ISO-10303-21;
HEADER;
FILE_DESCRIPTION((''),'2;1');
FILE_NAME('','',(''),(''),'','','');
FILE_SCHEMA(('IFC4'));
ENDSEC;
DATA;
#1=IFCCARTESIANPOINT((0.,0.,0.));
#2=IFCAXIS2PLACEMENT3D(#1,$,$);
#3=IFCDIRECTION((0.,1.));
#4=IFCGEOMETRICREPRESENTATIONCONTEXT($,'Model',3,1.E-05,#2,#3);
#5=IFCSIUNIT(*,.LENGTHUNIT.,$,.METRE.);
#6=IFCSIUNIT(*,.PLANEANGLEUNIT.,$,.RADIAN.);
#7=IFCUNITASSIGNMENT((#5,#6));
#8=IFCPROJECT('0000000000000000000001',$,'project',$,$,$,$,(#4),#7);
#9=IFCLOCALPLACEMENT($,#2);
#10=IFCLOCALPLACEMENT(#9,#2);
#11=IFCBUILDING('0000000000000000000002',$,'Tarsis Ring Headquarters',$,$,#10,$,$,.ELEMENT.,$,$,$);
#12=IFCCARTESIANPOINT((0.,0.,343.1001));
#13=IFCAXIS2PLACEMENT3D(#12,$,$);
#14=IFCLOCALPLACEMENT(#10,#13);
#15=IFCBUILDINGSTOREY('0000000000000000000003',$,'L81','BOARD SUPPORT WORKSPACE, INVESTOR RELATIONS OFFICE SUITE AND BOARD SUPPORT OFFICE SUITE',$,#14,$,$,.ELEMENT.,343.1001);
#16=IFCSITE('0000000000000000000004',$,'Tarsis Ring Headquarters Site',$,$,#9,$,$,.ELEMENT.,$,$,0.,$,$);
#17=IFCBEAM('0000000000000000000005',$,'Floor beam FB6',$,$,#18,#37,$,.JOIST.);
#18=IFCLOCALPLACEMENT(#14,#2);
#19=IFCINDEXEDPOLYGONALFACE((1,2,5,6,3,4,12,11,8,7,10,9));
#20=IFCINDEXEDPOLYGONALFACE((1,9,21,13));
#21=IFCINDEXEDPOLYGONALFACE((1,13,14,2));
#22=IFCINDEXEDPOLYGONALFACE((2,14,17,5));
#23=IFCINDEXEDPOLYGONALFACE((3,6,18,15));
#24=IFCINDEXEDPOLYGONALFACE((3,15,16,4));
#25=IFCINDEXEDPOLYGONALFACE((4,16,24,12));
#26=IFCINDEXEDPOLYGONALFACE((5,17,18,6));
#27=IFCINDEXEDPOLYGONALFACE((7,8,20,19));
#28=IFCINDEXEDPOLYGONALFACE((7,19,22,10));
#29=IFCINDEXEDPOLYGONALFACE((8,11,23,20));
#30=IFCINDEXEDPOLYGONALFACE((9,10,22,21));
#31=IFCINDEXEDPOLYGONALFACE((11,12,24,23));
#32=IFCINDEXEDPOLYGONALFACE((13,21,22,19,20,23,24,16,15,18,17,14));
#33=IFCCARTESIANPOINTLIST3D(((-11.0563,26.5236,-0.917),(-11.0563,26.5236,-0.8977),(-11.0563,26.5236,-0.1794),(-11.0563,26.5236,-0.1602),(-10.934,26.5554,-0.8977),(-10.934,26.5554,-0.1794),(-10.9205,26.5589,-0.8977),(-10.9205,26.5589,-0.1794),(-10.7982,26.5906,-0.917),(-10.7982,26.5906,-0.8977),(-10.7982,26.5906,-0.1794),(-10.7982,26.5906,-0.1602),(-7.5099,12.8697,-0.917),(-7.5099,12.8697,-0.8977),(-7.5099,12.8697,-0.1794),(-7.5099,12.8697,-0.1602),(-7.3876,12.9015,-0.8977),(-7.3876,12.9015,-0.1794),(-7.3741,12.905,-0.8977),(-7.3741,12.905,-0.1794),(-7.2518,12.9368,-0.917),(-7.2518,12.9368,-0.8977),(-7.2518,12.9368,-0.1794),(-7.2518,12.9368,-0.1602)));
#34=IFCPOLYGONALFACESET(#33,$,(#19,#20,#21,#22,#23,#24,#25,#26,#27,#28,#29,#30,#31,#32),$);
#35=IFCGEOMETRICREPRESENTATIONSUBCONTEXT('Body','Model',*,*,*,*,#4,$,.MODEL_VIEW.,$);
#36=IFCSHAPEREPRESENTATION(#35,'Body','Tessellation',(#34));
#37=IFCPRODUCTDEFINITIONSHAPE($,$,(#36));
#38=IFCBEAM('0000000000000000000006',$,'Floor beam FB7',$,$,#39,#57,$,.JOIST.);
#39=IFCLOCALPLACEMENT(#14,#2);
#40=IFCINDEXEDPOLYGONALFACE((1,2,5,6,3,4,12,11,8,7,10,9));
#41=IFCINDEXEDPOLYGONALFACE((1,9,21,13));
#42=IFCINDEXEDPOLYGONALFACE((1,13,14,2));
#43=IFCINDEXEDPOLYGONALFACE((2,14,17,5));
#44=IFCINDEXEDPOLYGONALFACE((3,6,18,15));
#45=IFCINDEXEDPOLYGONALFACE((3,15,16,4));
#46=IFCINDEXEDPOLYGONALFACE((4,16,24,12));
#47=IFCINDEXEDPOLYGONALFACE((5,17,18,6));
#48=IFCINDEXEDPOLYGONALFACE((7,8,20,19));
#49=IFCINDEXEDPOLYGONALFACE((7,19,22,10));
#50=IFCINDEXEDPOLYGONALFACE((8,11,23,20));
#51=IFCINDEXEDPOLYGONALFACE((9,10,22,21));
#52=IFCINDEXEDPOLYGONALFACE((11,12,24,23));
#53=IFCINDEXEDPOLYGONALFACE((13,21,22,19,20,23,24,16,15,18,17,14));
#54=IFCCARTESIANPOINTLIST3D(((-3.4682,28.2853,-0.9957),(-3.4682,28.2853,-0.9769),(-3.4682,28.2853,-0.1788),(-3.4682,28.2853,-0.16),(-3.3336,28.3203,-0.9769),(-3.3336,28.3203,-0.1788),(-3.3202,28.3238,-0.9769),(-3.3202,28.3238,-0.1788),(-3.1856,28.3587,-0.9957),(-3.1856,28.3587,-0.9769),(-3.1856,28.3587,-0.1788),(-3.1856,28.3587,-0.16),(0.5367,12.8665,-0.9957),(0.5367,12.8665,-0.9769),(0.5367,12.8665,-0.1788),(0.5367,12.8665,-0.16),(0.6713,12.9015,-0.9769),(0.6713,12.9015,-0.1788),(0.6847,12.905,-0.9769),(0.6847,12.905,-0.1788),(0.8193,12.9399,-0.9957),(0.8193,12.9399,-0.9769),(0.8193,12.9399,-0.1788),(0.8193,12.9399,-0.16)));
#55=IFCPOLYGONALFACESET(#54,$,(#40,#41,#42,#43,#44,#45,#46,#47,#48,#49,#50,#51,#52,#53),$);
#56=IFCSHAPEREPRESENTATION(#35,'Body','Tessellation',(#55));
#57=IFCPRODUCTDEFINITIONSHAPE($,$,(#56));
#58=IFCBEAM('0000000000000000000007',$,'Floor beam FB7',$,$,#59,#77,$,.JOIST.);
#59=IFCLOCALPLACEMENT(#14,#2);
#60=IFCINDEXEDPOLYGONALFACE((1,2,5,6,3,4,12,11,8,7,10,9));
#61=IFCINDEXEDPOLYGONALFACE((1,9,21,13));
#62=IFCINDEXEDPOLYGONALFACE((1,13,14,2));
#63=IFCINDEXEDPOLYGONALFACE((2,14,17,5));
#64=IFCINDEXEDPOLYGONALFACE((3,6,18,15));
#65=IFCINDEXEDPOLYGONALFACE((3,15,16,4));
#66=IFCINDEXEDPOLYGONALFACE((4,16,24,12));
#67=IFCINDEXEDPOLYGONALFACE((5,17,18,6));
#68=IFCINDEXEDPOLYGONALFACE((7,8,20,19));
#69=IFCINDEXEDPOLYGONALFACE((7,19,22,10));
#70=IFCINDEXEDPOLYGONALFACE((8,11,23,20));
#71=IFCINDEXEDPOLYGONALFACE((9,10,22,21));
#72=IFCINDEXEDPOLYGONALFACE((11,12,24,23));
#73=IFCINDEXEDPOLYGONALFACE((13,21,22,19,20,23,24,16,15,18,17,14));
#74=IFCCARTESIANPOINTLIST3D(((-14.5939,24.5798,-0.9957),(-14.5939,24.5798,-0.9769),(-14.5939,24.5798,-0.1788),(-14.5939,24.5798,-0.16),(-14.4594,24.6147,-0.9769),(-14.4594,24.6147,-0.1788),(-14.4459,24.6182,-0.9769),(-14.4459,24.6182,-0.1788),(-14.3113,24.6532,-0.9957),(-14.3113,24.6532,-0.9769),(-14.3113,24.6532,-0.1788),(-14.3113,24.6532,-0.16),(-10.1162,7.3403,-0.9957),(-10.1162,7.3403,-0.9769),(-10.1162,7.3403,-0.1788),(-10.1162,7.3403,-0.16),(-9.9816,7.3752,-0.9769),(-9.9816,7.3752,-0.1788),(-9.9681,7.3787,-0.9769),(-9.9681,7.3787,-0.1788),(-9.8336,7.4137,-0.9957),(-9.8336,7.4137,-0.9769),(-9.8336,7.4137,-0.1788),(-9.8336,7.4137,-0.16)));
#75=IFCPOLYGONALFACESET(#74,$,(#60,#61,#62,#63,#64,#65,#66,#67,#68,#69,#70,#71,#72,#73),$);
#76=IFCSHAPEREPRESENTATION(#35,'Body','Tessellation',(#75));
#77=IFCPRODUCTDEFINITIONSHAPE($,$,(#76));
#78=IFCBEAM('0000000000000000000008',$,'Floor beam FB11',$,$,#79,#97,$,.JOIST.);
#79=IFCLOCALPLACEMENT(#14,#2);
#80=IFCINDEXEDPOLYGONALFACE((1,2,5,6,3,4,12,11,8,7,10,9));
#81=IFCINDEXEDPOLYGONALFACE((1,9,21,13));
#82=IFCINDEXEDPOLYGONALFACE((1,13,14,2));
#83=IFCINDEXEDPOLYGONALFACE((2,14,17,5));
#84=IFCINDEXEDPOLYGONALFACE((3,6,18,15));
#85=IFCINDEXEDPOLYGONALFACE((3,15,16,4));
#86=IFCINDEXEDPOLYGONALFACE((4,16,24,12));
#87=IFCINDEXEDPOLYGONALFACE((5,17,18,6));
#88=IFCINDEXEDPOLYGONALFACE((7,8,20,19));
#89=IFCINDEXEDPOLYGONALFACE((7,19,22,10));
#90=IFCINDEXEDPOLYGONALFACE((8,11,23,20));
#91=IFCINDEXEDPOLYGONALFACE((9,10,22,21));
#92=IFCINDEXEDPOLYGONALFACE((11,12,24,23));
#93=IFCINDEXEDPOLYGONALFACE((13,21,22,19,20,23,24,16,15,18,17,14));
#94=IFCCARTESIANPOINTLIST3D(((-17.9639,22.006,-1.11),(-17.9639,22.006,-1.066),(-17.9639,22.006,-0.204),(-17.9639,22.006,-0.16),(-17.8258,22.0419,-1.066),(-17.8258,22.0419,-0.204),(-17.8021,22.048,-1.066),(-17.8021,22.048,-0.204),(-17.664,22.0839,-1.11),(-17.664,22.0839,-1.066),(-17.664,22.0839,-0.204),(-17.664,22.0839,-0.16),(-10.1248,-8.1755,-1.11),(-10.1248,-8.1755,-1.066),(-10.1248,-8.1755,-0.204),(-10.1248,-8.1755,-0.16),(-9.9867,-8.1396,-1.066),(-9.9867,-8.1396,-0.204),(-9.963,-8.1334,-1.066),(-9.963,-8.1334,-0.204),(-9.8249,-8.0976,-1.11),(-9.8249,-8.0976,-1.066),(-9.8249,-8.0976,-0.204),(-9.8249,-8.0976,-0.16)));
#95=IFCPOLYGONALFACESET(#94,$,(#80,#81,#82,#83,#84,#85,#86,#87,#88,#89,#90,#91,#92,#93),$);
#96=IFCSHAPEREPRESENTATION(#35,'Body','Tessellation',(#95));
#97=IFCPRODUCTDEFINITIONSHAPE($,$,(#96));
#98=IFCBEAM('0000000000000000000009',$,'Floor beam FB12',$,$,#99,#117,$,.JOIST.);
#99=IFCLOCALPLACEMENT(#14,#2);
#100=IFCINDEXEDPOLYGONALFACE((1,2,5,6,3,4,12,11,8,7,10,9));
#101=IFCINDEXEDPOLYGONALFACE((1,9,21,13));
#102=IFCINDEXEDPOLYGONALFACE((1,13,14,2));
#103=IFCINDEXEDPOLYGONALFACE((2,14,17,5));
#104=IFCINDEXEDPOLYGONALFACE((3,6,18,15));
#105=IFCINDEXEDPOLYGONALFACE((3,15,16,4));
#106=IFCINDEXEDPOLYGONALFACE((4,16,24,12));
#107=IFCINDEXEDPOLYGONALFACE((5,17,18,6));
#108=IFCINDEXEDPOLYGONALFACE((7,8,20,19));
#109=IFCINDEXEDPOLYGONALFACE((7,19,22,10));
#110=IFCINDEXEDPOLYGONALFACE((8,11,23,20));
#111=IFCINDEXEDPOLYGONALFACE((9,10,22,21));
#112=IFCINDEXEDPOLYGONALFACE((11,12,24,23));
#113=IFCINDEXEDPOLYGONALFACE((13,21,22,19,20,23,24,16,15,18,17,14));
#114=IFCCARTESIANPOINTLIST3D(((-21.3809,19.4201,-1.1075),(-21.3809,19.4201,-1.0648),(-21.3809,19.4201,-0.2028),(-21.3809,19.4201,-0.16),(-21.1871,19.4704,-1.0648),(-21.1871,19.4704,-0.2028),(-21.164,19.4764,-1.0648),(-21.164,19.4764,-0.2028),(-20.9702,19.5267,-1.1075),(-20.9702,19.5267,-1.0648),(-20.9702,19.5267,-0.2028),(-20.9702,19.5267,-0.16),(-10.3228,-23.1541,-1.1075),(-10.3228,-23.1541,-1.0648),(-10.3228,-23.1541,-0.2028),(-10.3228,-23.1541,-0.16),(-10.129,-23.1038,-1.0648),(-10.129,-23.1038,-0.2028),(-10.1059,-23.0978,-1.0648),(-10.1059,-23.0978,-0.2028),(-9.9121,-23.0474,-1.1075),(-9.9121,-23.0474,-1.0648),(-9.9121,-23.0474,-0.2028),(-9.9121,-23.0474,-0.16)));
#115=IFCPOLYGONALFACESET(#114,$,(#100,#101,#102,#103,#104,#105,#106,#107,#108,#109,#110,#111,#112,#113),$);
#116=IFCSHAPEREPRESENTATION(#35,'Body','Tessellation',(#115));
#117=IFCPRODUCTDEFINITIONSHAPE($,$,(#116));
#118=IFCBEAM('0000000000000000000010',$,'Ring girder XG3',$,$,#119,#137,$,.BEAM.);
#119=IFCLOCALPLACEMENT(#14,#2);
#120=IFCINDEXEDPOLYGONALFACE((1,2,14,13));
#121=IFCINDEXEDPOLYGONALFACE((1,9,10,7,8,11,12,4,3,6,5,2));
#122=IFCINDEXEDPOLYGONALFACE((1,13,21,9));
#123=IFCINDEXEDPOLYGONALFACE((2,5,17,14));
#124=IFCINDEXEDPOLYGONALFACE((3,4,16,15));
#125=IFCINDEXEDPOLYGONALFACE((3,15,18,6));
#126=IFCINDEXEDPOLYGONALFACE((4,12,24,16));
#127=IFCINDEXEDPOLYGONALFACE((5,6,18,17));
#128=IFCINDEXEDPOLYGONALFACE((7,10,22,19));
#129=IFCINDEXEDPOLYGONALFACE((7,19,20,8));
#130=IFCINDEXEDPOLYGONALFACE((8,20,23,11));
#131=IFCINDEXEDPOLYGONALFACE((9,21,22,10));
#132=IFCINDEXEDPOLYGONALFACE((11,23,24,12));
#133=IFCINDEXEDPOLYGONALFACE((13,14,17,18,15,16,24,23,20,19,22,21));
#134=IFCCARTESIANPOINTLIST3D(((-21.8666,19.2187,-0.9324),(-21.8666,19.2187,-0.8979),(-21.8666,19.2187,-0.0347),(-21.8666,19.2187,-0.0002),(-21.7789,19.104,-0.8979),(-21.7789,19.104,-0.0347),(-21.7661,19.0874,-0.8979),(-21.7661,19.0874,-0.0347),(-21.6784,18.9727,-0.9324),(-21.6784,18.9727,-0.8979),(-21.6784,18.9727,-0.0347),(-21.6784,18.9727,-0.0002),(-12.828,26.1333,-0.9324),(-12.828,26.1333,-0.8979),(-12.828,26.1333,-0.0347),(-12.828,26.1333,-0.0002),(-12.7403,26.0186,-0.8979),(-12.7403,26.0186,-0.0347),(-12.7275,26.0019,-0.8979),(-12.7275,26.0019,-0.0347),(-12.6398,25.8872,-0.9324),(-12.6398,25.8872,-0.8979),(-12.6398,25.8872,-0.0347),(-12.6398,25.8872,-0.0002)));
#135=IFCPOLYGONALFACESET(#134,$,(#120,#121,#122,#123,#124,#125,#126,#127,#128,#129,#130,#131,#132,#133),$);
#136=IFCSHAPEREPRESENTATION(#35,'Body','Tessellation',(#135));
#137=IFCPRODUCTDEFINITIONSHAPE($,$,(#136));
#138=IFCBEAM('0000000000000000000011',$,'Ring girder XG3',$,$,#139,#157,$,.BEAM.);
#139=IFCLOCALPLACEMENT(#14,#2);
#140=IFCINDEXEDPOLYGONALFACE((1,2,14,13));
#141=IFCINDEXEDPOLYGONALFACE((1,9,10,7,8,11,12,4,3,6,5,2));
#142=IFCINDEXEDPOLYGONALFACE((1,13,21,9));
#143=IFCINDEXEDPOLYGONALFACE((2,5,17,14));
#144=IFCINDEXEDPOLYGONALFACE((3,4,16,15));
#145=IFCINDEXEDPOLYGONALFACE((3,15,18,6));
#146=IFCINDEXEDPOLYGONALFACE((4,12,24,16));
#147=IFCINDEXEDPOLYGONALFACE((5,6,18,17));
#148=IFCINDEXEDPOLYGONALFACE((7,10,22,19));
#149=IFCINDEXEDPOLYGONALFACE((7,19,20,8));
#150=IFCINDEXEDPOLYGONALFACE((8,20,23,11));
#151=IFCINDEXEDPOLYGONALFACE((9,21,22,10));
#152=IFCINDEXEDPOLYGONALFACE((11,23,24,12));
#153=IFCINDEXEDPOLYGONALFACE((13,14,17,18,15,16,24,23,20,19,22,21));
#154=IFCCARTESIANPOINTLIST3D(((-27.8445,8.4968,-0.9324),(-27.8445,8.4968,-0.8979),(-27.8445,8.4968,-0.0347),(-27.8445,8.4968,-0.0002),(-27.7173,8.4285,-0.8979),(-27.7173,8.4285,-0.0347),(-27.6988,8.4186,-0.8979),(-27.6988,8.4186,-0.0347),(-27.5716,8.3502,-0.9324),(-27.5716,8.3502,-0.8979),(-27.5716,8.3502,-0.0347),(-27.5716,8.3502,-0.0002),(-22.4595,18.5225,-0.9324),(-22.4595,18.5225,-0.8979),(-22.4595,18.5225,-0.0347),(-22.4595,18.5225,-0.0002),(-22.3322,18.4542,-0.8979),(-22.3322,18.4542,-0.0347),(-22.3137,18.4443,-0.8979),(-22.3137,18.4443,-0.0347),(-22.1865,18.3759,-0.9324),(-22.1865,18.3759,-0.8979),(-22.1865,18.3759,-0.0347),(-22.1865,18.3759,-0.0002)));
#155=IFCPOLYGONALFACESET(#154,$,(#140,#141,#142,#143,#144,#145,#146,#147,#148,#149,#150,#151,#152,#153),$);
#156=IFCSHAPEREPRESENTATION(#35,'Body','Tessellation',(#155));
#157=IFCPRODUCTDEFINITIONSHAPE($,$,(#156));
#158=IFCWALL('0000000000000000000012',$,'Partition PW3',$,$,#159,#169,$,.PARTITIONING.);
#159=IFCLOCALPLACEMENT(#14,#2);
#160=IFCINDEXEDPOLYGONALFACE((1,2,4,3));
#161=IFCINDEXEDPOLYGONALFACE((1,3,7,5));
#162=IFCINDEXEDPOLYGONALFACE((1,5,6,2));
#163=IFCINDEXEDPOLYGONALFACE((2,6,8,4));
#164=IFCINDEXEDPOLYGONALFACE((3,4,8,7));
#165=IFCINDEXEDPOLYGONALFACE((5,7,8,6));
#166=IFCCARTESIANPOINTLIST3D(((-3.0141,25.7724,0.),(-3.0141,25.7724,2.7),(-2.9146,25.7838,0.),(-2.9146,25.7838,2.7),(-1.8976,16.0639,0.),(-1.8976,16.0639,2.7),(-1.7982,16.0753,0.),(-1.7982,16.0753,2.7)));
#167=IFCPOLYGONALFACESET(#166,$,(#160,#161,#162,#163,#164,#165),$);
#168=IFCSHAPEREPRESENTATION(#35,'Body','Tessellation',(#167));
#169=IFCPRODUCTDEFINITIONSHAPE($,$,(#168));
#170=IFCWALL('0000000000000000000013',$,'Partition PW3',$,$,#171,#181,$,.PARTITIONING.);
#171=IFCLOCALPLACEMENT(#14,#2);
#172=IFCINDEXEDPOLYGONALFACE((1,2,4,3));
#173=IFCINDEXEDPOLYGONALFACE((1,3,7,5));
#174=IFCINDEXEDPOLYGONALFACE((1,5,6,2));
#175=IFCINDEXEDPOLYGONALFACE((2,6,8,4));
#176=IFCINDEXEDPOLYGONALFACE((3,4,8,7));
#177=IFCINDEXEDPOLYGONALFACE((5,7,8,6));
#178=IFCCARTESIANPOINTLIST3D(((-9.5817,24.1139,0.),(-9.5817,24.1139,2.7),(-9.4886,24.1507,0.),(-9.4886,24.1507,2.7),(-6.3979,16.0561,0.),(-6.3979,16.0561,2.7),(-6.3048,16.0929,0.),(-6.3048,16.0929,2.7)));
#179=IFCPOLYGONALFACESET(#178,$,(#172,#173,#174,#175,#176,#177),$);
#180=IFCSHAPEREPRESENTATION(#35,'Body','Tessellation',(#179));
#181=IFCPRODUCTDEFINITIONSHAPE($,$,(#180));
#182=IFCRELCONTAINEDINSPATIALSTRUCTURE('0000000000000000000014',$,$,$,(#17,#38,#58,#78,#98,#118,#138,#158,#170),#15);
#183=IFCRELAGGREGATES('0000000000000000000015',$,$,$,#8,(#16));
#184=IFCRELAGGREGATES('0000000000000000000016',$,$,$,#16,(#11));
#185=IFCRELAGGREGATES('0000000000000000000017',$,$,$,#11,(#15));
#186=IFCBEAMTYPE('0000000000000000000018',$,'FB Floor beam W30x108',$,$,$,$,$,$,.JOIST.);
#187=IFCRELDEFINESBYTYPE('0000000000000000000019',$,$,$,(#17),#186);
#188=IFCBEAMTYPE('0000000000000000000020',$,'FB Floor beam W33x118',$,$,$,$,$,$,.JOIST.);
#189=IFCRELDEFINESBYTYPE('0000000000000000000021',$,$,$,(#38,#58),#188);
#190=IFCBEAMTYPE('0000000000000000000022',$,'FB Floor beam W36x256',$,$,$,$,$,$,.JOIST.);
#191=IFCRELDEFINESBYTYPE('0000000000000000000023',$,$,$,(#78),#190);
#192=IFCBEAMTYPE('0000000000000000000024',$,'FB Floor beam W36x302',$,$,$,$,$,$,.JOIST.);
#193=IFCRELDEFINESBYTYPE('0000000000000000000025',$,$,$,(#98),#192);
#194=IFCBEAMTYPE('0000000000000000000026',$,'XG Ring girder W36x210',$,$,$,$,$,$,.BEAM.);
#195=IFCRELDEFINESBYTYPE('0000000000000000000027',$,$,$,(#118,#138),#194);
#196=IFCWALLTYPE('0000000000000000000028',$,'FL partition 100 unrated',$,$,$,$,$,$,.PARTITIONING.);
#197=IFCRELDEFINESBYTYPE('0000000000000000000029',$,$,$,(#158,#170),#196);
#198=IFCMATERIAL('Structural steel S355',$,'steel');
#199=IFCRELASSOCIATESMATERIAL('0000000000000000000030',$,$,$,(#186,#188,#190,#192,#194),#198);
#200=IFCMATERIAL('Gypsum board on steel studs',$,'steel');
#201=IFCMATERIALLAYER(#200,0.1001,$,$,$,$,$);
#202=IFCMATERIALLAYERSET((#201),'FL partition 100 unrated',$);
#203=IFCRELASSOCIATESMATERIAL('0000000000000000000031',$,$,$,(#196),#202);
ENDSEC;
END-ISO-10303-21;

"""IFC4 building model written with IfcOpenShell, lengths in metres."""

from ifc_helpers import new_model, si_unit, direction, frame, frame_2d, origin, origin_2d, place, context, subcontext, project, spatial, rectangle, i_section, extrude, material, layer, layer_set, material_profile, profile_set, type_object, element, save


model = new_model("IFC4")

# Units and contexts
model_context = context("Model", 3, precision=1e-05, world=origin(), true_north=direction((0.0, 1.0)))
body_context = subcontext(model_context, "Body", "Model", "MODEL_VIEW")
ifc_project = project(units=[si_unit("LENGTHUNIT", "METRE"), si_unit("PLANEANGLEUNIT", "RADIAN")], contexts=[model_context])

# Site, building, storey
site_placement = place(None, origin())
site = spatial("IfcSite", under=ifc_project, at=site_placement, Name="Tarsis Ring Headquarters Site", CompositionType="ELEMENT", RefElevation=0.0)
building_placement = place(site_placement, origin())
building = spatial("IfcBuilding", under=site, at=building_placement, Name="Tarsis Ring Headquarters", CompositionType="ELEMENT")
storey_placement = place(building_placement, frame((0.0, 0.0, 343.1001)))
storey = spatial("IfcBuildingStorey", under=building, at=storey_placement, Name="L81", Description="BOARD SUPPORT WORKSPACE, INVESTOR RELATIONS OFFICE SUITE AND BOARD SUPPORT OFFICE SUITE", CompositionType="ELEMENT", Elevation=343.1001)

# Shared definitions
ifc_material_1 = material(Name="Structural steel S355", Category="steel")

# Beams
ifc_material_profile_1 = material_profile(ifc_material_1, i_section(OverallWidth=0.2666, OverallDepth=0.7568, WebThickness=0.0139, FlangeThickness=0.0193, at=origin_2d()), Name="W30x108")
ifc_profile_set_1 = profile_set([ifc_material_profile_1], Name="Structural steel S355")
beam_type_1 = type_object("IfcBeamType", Name="FB Floor beam W30x108", PredefinedType="JOIST", material=ifc_profile_set_1)
beam_1_placement = place(storey_placement, frame((-10.9272, 26.5571, -0.5386), z_axis=(0.251395, -0.967885, 0.0), x_axis=(0.967885, 0.251395, 0.0)))
element("IfcBeam", 1, at=beam_1_placement, inside=storey, type_object=beam_type_1, Name="Floor beam FB6", PredefinedType="JOIST", context=body_context, shape_type="SweptSolid", body=[
    extrude(i_section(OverallWidth=0.2666, OverallDepth=0.7568, WebThickness=0.0139, FlangeThickness=0.0193, at=origin_2d()), origin(), (0.0, 0.0, 1.0), 14.1069),
])
ifc_material_profile_2 = material_profile(ifc_material_1, i_section(OverallWidth=0.292, OverallDepth=0.8357, WebThickness=0.0139, FlangeThickness=0.0188, at=origin_2d()), Name="W33x118")
ifc_profile_set_2 = profile_set([ifc_material_profile_2], Name="Structural steel S355")
beam_type_2 = type_object("IfcBeamType", Name="FB Floor beam W33x118", PredefinedType="JOIST", material=ifc_profile_set_2)
beam_2_placement = place(storey_placement, frame((-3.3269, 28.322, -0.5779), z_axis=(0.2514, -0.967883, 0.0), x_axis=(0.967883, 0.2514, 0.0)))
element("IfcBeam", 2, at=beam_2_placement, inside=storey, type_object=beam_type_2, Name="Floor beam FB7", PredefinedType="JOIST", context=body_context, shape_type="SweptSolid", body=[
    extrude(i_section(OverallWidth=0.292, OverallDepth=0.8357, WebThickness=0.0139, FlangeThickness=0.0188, at=origin_2d()), origin(), (0.0, 0.0, 1.0), 15.9304),
])
beam_3_placement = place(storey_placement, frame((-14.4526, 24.6165, -0.5779), z_axis=(0.251398, -0.967884, 0.0), x_axis=(0.967884, 0.251398, 0.0)))
element("IfcBeam", 3, at=beam_3_placement, inside=storey, type_object=beam_type_2, Name="Floor beam FB7", PredefinedType="JOIST", context=body_context, shape_type="SweptSolid", body=[
    extrude(i_section(OverallWidth=0.292, OverallDepth=0.8357, WebThickness=0.0139, FlangeThickness=0.0188, at=origin_2d()), origin(), (0.0, 0.0, 1.0), 17.8115),
])
ifc_material_profile_3 = material_profile(ifc_material_1, i_section(OverallWidth=0.3098, OverallDepth=0.95, WebThickness=0.0244, FlangeThickness=0.0439, at=origin_2d()), Name="W36x256")
ifc_profile_set_3 = profile_set([ifc_material_profile_3], Name="Structural steel S355")
beam_type_3 = type_object("IfcBeamType", Name="FB Floor beam W36x256", PredefinedType="JOIST", material=ifc_profile_set_3)
beam_4_placement = place(storey_placement, frame((-17.814, 22.0449, -0.635), z_axis=(0.251392, -0.967885, 0.0), x_axis=(0.967885, 0.251392, 0.0)))
element("IfcBeam", 4, at=beam_4_placement, inside=storey, type_object=beam_type_3, Name="Floor beam FB11", PredefinedType="JOIST", context=body_context, shape_type="SweptSolid", body=[
    extrude(i_section(OverallWidth=0.3098, OverallDepth=0.95, WebThickness=0.0244, FlangeThickness=0.0439, at=origin_2d()), origin(), (0.0, 0.0, 1.0), 31.1829),
])
ifc_material_profile_4 = material_profile(ifc_material_1, i_section(OverallWidth=0.4243, OverallDepth=0.9475, WebThickness=0.0239, FlangeThickness=0.0427, at=origin_2d()), Name="W36x302")
ifc_profile_set_4 = profile_set([ifc_material_profile_4], Name="Structural steel S355")
beam_type_4 = type_object("IfcBeamType", Name="FB Floor beam W36x302", PredefinedType="JOIST", material=ifc_profile_set_4)
beam_5_placement = place(storey_placement, frame((-21.1755, 19.4734, -0.6338), z_axis=(0.251396, -0.967884, 0.0), x_axis=(0.967884, 0.251396, 0.0)))
element("IfcBeam", 5, at=beam_5_placement, inside=storey, type_object=beam_type_4, Name="Floor beam FB12", PredefinedType="JOIST", context=body_context, shape_type="SweptSolid", body=[
    extrude(i_section(OverallWidth=0.4243, OverallDepth=0.9475, WebThickness=0.0239, FlangeThickness=0.0427, at=origin_2d()), origin(), (0.0, 0.0, 1.0), 43.9868),
])
ifc_material_profile_5 = material_profile(ifc_material_1, i_section(OverallWidth=0.3098, OverallDepth=0.9321, WebThickness=0.021, FlangeThickness=0.0344, at=origin_2d()), Name="W36x210")
ifc_profile_set_5 = profile_set([ifc_material_profile_5], Name="Structural steel S355")
beam_type_5 = type_object("IfcBeamType", Name="XG Ring girder W36x210", PredefinedType="BEAM", material=ifc_profile_set_5)
beam_6_placement = place(storey_placement, frame((-12.7339, 26.0103, -0.4663), z_axis=(-0.794243, -0.6076, 0.0), x_axis=(0.6076, -0.794243, 0.0)))
element("IfcBeam", 6, at=beam_6_placement, inside=storey, type_object=beam_type_5, Name="Ring girder XG3", PredefinedType="BEAM", context=body_context, shape_type="SweptSolid", body=[
    extrude(i_section(OverallWidth=0.3098, OverallDepth=0.9321, WebThickness=0.021, FlangeThickness=0.0344, at=origin_2d()), origin(), (0.0, 0.0, 1.0), 11.3801),
])
beam_7_placement = place(storey_placement, frame((-22.323, 18.4492, -0.4663), z_axis=(-0.473186, -0.880962, 0.0), x_axis=(0.880962, -0.473186, 0.0)))
element("IfcBeam", 7, at=beam_7_placement, inside=storey, type_object=beam_type_5, Name="Ring girder XG3", PredefinedType="BEAM", context=body_context, shape_type="SweptSolid", body=[
    extrude(i_section(OverallWidth=0.3098, OverallDepth=0.9321, WebThickness=0.021, FlangeThickness=0.0344, at=origin_2d()), origin(), (0.0, 0.0, 1.0), 11.3804),
])

# Walls
ifc_material_2 = material(Name="Gypsum board on steel studs", Category="steel")
ifc_layer_1 = layer(ifc_material_2, 0.1001)
ifc_layer_set_1 = layer_set([ifc_layer_1], Name="FL partition 100 unrated")
wall_type_1 = type_object("IfcWallType", Name="FL partition 100 unrated", PredefinedType="PARTITIONING", material=ifc_layer_set_1)
wall_1_placement = place(storey_placement, frame((-2.9644, 25.7781, 0.0), z_axis=(0.0, 0.0, 1.0), x_axis=(0.114245, -0.993453, 0.0)))
element("IfcWall", 8, at=wall_1_placement, inside=storey, type_object=wall_type_1, Name="Partition PW3", PredefinedType="PARTITIONING", context=body_context, shape_type="SweptSolid", body=[
    extrude(rectangle(XDim=9.7725, YDim=0.1001, at=frame_2d((4.8862, 0.0))), origin(), (0.0, 0.0, 1.0), 2.7),
])
wall_2_placement = place(storey_placement, frame((-9.5352, 24.1323, 0.0), z_axis=(0.0, 0.0, 1.0), x_axis=(0.367476, -0.930033, 0.0)))
element("IfcWall", 9, at=wall_2_placement, inside=storey, type_object=wall_type_1, Name="Partition PW3", PredefinedType="PARTITIONING", context=body_context, shape_type="SweptSolid", body=[
    extrude(rectangle(XDim=8.6641, YDim=0.1001, at=frame_2d((4.332, 0.0))), origin(), (0.0, 0.0, 1.0), 2.7),
])

save(model, "model.ifc")
